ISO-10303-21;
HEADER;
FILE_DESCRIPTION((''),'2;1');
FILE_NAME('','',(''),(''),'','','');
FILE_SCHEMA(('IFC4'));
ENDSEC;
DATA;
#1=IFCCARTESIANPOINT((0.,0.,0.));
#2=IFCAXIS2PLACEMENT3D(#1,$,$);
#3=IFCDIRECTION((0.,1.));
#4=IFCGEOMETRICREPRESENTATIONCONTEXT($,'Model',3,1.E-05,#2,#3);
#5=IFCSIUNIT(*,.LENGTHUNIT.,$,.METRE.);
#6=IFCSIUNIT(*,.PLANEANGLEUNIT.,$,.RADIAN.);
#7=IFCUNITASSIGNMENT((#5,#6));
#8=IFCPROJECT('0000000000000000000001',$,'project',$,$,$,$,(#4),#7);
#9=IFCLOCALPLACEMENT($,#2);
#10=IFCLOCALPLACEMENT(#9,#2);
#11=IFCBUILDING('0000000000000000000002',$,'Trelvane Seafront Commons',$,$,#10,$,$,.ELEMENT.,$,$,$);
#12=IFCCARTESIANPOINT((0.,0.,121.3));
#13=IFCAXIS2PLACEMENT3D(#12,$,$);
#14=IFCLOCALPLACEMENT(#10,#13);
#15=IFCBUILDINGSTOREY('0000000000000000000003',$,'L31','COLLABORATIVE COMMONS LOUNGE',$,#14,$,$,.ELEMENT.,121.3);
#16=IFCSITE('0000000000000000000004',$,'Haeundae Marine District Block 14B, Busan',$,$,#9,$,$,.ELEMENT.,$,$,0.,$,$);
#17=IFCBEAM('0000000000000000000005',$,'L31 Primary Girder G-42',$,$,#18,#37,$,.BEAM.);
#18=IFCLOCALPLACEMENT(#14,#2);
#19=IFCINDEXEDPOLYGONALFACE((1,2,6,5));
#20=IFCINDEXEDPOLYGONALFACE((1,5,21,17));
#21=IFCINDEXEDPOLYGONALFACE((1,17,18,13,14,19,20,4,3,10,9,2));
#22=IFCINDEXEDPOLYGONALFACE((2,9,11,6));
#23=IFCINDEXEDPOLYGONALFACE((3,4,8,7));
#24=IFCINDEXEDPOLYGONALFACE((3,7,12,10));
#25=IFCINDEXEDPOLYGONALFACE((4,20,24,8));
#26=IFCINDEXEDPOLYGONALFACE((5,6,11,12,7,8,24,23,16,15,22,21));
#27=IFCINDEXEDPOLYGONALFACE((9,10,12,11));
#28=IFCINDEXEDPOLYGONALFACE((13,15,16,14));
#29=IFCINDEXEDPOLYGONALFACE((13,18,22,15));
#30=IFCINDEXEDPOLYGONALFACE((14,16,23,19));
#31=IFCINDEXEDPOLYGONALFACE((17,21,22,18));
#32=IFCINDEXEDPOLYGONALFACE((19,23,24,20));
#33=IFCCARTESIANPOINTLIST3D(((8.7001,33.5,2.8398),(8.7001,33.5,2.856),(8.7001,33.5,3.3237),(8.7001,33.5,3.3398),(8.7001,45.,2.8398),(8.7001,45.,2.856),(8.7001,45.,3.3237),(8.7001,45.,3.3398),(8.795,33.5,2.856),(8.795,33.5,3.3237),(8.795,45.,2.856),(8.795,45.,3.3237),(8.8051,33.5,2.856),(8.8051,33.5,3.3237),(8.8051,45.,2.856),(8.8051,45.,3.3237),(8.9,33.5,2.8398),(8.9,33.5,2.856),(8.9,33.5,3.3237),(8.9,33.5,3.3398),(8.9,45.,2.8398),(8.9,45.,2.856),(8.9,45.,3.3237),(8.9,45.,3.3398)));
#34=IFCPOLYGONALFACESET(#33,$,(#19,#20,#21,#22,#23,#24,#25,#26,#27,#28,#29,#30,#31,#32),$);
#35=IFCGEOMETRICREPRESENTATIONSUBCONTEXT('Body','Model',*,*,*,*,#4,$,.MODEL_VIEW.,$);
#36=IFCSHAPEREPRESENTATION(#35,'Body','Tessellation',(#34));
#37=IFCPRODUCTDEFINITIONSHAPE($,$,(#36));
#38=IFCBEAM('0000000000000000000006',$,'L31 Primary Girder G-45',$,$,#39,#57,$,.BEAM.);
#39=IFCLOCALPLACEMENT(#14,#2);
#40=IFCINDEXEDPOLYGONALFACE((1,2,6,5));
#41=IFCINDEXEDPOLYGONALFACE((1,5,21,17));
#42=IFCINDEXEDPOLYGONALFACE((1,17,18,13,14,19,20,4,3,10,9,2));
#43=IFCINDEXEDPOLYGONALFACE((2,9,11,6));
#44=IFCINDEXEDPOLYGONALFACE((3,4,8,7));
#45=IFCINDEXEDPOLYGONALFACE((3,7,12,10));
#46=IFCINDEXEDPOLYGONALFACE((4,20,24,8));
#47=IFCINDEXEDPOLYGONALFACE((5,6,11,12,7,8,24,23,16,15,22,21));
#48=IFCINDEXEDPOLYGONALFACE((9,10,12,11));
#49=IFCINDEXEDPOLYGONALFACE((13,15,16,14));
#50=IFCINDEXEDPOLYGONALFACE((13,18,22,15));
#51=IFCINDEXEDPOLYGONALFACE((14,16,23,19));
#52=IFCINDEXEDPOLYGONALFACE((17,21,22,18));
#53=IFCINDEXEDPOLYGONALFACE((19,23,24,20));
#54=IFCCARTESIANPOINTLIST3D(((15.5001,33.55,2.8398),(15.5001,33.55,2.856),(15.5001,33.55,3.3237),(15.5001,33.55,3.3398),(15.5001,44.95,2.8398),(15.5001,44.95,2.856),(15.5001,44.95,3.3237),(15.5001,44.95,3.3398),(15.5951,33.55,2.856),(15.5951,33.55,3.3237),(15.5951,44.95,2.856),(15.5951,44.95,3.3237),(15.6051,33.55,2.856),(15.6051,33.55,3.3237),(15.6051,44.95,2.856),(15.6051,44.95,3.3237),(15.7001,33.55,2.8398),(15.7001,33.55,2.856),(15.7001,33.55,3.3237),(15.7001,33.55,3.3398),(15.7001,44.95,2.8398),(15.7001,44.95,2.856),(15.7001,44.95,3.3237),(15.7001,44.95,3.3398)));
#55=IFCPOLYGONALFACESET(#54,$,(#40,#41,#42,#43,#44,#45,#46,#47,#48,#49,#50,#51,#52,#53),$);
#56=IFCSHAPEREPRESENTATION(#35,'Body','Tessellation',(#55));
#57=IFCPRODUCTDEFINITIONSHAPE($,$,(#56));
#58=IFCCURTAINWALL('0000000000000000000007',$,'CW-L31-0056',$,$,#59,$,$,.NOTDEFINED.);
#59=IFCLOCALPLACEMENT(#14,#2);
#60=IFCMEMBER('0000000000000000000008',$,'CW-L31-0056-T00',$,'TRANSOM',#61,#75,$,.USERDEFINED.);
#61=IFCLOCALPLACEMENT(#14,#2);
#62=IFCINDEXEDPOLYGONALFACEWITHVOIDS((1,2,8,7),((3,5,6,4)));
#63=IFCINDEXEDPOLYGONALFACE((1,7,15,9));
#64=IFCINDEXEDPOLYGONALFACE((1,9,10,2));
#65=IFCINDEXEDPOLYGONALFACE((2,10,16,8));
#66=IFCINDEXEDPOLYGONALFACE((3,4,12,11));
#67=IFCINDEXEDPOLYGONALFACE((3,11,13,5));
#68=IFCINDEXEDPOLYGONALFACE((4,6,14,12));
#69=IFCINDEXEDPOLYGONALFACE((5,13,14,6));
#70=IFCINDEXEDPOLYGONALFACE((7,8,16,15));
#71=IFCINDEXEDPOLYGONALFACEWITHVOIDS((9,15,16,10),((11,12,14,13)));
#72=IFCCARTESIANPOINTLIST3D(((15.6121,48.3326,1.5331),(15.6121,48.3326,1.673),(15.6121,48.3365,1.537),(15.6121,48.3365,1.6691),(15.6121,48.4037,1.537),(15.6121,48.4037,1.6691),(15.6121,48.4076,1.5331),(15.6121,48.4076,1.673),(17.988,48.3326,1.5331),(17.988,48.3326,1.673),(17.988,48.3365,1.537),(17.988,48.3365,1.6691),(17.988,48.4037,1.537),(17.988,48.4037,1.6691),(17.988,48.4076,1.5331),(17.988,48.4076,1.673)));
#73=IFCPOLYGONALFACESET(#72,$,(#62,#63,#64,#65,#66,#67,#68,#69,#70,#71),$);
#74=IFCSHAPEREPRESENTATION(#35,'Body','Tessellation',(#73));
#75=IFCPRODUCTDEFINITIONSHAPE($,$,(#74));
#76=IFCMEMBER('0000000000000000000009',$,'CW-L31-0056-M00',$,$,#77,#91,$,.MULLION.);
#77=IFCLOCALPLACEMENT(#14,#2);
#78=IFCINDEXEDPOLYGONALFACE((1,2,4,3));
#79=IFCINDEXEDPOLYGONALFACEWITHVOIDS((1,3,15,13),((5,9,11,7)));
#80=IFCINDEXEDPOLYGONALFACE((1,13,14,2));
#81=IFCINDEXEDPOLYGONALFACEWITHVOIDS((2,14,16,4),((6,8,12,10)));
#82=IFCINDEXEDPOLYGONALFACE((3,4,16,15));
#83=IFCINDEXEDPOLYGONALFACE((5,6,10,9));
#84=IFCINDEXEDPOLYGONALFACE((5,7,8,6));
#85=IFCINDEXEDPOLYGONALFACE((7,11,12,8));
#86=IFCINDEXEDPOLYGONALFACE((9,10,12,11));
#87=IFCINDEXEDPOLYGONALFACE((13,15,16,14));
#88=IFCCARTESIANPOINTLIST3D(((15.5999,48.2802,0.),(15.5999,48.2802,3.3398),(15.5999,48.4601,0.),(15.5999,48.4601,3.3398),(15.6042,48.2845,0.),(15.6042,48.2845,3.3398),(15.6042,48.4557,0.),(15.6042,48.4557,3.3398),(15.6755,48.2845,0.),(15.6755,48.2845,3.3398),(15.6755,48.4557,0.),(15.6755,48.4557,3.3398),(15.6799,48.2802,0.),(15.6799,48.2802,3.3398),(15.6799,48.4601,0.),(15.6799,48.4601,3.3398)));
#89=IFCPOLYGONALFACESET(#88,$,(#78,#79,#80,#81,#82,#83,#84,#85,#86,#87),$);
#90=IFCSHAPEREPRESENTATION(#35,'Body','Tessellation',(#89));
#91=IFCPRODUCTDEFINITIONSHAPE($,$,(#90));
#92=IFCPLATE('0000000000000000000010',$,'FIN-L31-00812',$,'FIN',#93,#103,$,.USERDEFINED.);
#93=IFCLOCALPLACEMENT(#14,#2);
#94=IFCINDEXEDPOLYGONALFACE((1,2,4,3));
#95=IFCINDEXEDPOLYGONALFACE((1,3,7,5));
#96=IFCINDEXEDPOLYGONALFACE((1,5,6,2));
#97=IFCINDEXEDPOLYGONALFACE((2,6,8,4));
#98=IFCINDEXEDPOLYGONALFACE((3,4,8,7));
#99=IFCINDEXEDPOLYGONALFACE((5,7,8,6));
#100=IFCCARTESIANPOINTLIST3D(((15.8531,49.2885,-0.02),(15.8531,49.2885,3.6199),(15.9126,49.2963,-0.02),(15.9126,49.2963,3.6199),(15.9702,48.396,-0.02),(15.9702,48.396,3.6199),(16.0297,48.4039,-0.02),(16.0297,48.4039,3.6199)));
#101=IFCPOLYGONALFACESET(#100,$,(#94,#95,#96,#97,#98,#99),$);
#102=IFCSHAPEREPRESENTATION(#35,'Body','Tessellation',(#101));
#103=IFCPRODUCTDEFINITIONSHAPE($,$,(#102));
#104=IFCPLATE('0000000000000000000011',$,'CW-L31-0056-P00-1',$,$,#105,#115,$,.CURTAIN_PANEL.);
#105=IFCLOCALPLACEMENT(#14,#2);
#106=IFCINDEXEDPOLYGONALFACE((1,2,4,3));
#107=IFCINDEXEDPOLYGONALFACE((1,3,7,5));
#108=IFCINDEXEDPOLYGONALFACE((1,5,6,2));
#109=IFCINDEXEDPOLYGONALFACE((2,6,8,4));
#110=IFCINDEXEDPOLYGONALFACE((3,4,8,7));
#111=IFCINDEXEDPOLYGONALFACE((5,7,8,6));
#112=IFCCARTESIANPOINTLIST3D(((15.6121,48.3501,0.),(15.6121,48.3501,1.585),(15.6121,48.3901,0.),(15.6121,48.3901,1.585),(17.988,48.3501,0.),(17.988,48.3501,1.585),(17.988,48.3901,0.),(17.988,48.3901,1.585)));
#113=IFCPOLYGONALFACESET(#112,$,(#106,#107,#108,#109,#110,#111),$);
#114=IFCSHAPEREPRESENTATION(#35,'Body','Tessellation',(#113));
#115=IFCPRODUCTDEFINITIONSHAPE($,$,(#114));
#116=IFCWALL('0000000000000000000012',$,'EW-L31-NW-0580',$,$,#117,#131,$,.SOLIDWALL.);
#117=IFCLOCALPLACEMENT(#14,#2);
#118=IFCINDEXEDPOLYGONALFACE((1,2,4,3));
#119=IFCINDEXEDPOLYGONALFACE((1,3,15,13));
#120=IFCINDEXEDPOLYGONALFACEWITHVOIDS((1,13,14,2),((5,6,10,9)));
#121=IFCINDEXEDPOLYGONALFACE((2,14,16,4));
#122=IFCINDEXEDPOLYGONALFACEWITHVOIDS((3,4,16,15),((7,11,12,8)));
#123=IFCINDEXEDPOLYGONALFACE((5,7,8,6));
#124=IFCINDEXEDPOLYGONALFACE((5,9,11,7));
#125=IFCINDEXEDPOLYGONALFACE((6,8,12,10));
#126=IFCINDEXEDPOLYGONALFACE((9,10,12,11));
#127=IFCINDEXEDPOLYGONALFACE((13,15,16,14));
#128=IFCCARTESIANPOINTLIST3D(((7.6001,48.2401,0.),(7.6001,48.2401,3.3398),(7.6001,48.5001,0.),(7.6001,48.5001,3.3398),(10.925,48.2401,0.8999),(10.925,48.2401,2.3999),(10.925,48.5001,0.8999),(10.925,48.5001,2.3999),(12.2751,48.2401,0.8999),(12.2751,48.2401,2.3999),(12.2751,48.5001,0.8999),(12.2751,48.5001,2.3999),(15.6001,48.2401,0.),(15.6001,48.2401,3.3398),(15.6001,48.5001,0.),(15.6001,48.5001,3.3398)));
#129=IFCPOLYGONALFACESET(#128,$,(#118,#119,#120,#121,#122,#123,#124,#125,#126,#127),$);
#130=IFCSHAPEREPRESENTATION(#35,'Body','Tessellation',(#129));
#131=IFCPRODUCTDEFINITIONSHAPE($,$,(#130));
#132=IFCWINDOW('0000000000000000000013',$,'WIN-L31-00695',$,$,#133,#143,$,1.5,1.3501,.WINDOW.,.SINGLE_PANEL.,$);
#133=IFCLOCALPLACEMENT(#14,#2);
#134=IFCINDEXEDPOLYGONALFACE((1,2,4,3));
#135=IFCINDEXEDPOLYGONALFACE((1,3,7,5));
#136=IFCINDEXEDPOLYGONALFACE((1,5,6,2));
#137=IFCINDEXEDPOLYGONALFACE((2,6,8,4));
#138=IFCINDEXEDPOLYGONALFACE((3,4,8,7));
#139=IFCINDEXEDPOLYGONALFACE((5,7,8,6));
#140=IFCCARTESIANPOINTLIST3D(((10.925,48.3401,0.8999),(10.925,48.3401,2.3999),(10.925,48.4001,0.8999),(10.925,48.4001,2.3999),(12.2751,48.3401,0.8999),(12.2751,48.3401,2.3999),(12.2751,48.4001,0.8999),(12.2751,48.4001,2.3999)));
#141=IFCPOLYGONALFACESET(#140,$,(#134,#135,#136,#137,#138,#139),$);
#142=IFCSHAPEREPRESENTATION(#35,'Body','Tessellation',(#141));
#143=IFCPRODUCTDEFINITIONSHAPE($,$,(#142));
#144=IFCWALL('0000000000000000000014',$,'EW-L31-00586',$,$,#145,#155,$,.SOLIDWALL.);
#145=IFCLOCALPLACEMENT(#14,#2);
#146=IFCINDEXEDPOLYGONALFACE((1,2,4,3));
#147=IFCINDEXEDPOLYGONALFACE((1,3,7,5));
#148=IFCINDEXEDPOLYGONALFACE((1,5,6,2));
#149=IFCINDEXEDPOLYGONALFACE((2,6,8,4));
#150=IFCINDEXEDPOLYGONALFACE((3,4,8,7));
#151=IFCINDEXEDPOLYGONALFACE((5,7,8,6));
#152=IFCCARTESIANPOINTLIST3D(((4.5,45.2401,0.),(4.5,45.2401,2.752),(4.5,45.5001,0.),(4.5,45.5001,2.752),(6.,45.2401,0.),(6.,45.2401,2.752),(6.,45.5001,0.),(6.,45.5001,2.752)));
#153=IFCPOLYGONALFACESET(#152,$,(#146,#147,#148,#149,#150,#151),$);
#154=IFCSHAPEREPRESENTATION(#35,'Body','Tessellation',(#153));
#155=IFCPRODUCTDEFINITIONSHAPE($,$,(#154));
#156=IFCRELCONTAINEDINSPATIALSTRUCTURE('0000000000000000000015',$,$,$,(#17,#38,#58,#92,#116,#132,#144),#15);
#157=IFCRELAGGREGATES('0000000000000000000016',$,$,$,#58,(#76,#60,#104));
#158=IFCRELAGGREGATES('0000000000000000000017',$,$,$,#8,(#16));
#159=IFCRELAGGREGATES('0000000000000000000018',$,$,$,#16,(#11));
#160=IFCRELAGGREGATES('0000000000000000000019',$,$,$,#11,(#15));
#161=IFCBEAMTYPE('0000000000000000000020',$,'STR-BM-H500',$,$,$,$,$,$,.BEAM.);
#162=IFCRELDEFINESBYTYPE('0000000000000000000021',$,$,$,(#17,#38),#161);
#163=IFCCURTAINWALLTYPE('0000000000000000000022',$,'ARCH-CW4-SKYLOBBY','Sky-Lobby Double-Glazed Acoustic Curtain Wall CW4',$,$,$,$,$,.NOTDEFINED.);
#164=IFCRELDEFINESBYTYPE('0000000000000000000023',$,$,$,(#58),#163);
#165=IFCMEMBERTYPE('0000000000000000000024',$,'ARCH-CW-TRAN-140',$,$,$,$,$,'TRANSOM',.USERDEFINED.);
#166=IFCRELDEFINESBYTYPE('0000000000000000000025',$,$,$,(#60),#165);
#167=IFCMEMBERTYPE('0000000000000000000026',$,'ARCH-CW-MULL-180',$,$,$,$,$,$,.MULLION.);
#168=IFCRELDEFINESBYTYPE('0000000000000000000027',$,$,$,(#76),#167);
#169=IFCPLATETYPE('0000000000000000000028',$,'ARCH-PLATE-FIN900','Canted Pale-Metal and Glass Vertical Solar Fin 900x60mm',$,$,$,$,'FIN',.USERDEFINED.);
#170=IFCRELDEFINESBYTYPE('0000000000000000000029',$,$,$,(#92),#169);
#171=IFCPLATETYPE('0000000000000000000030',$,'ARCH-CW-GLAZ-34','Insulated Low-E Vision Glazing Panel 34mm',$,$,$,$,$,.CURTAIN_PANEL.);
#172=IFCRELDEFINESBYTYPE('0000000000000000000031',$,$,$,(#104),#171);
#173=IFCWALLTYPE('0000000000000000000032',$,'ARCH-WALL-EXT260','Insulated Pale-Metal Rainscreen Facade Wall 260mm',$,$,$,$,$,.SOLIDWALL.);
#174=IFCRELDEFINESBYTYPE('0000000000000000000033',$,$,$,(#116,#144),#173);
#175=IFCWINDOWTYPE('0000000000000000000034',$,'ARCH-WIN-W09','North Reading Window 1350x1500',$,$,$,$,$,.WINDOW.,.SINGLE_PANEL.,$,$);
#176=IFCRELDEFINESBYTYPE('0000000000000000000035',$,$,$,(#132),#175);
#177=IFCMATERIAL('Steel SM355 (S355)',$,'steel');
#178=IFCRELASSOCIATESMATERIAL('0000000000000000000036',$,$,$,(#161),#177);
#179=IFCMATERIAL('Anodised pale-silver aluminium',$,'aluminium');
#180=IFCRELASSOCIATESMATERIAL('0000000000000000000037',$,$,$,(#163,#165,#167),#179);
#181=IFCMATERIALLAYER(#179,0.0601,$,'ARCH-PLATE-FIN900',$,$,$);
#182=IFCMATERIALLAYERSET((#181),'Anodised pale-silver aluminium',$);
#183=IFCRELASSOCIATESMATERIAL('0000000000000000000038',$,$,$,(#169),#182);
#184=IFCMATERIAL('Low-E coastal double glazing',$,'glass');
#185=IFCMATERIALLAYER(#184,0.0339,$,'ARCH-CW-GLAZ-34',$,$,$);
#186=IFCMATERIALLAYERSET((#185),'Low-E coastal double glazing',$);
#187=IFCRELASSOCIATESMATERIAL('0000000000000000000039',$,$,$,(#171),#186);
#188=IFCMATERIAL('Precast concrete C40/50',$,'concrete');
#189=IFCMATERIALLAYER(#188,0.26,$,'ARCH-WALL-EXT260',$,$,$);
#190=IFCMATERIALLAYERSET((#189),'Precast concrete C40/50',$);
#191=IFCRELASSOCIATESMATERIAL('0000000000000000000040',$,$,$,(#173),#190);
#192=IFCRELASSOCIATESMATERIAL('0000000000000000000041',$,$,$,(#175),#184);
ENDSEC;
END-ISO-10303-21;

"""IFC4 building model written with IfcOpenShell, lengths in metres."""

from ifc_helpers import new_model, si_unit, direction, frame, frame_2d, origin, origin_2d, place, context, subcontext, project, spatial, rectangle, hollow_rectangle, i_section, extrude, source, transform, mapped, material, layer, layer_set, material_profile, profile_set, type_object, element, fill, aggregate, save


model = new_model("IFC4")

# Units and contexts
model_context = context("Model", 3, precision=1e-05, world=origin(), true_north=direction((0.0, 1.0)))
body_context = subcontext(model_context, "Body", "Model", "MODEL_VIEW")
ifc_project = project(units=[si_unit("LENGTHUNIT", "METRE"), si_unit("PLANEANGLEUNIT", "RADIAN")], contexts=[model_context])

# Site, building, storey
site_placement = place(None, origin())
site = spatial("IfcSite", under=ifc_project, at=site_placement, Name="Haeundae Marine District Block 14B, Busan", CompositionType="ELEMENT", RefElevation=0.0)
building_placement = place(site_placement, origin())
building = spatial("IfcBuilding", under=site, at=building_placement, Name="Trelvane Seafront Commons", CompositionType="ELEMENT")
storey_placement = place(building_placement, frame((0.0, 0.0, 121.3)))
storey = spatial("IfcBuildingStorey", under=building, at=storey_placement, Name="L31", Description="COLLABORATIVE COMMONS LOUNGE", CompositionType="ELEMENT", Elevation=121.3)

# Shared definitions
ifc_material_1 = material(Name="Steel SM355 (S355)", Category="steel")

# Beams
ifc_material_profile_1 = material_profile(ifc_material_1, i_section(OverallWidth=0.2, OverallDepth=0.5, WebThickness=0.01, FlangeThickness=0.0161, at=origin_2d()), Name="H-500x200x10x16")
ifc_profile_set_1 = profile_set([ifc_material_profile_1], Name="Steel SM355 (S355)")
beam_type_1 = type_object("IfcBeamType", Name="STR-BM-H500", PredefinedType="BEAM", material=ifc_profile_set_1)
shared_shape_1 = source(origin(), body_context, "Body", "SweptSolid", [
    extrude(i_section(OverallWidth=0.2, OverallDepth=0.5, WebThickness=0.01, FlangeThickness=0.0161, at=origin_2d()), origin(), (0.0, 0.0, 1.0), 11.5),
])
for number, where, z_axis, x_axis, name in (
    (1, (8.8, 33.5, 3.0898), (0.0, 1.0, 0.0), (-1.0, 0.0, 0.0), "L31 Primary Girder G-42"),
):
    element("IfcBeam", number, at=place(storey_placement, frame(where, z_axis=z_axis, x_axis=x_axis)), inside=storey, type_object=beam_type_1, Name=name, PredefinedType="BEAM", context=body_context, shape_type="MappedRepresentation", body=[
        mapped(shared_shape_1, transform((0.0, 0.0, 0.0), x_axis=(1.0, 0.0, 0.0), y_axis=(0.0, 1.0, 0.0), z_axis=(0.0, 0.0, 1.0), scale=1.0)),
    ])
shared_shape_2 = source(origin(), body_context, "Body", "SweptSolid", [
    extrude(i_section(OverallWidth=0.2, OverallDepth=0.5, WebThickness=0.01, FlangeThickness=0.0161, at=origin_2d()), origin(), (0.0, 0.0, 1.0), 11.3999),
])
beam_1_placement = place(storey_placement, frame((15.6001, 33.55, 3.0898), z_axis=(0.0, 1.0, 0.0), x_axis=(-1.0, 0.0, 0.0)))
element("IfcBeam", 2, at=beam_1_placement, inside=storey, type_object=beam_type_1, Name="L31 Primary Girder G-45", PredefinedType="BEAM", context=body_context, shape_type="MappedRepresentation", body=[
    mapped(shared_shape_2, transform((0.0, 0.0, 0.0), x_axis=(1.0, 0.0, 0.0), y_axis=(0.0, 1.0, 0.0), z_axis=(0.0, 0.0, 1.0), scale=1.0)),
])

# Curtain wall, members
ifc_material_2 = material(Name="Anodised pale-silver aluminium", Category="aluminium")
curtain_wall_type = type_object("IfcCurtainWallType", Name="ARCH-CW4-SKYLOBBY", Description="Sky-Lobby Double-Glazed Acoustic Curtain Wall CW4", PredefinedType="NOTDEFINED", material=ifc_material_2)
curtain_wall_placement = place(storey_placement, origin())
curtain_wall = element("IfcCurtainWall", 3, at=curtain_wall_placement, inside=storey, type_object=curtain_wall_type, Name="CW-L31-0056", PredefinedType="NOTDEFINED")
ifc_material_profile_2 = material_profile(ifc_material_2, hollow_rectangle(XDim=0.075, YDim=0.1399, WallThickness=0.0039, at=origin_2d()), Name="TRAN-75x140x4")
ifc_profile_set_2 = profile_set([ifc_material_profile_2], Name="Anodised pale-silver aluminium")
member_type_1 = type_object("IfcMemberType", Name="ARCH-CW-TRAN-140", ElementType="TRANSOM", PredefinedType="USERDEFINED", material=ifc_profile_set_2)
shared_shape_3 = source(origin(), body_context, "Body", "SweptSolid", [
    extrude(hollow_rectangle(XDim=0.075, YDim=0.1399, WallThickness=0.0039, at=origin_2d()), origin(), (0.0, 0.0, 1.0), 2.376),
])
member_1_placement = place(storey_placement, frame((15.6121, 48.3701, 1.603), z_axis=(1.0, 0.0, 0.0), x_axis=(0.0, 1.0, 0.0)))
member_1 = element("IfcMember", 4, at=member_1_placement, type_object=member_type_1, Name="CW-L31-0056-T00", ObjectType="TRANSOM", PredefinedType="USERDEFINED", context=body_context, shape_type="MappedRepresentation", body=[
    mapped(shared_shape_3, transform((0.0, 0.0, 0.0), x_axis=(1.0, 0.0, 0.0), y_axis=(0.0, 1.0, 0.0), z_axis=(0.0, 0.0, 1.0), scale=1.0)),
])
ifc_material_profile_3 = material_profile(ifc_material_2, hollow_rectangle(XDim=0.0801, YDim=0.1799, WallThickness=0.0044, at=origin_2d()), Name="MULL-80x180x4.5")
ifc_profile_set_3 = profile_set([ifc_material_profile_3], Name="Anodised pale-silver aluminium")
member_type_2 = type_object("IfcMemberType", Name="ARCH-CW-MULL-180", PredefinedType="MULLION", material=ifc_profile_set_3)
shared_shape_4 = source(origin(), body_context, "Body", "SweptSolid", [
    extrude(hollow_rectangle(XDim=0.0801, YDim=0.1799, WallThickness=0.0044, at=origin_2d()), origin(), (0.0, 0.0, 1.0), 3.3398),
])
member_2_placement = place(storey_placement, frame((15.6399, 48.3701, 0.0), z_axis=(0.0, 0.0, 1.0), x_axis=(1.0, 0.0, 0.0)))
member_2 = element("IfcMember", 5, at=member_2_placement, type_object=member_type_2, Name="CW-L31-0056-M00", PredefinedType="MULLION", context=body_context, shape_type="MappedRepresentation", body=[
    mapped(shared_shape_4, transform((0.0, 0.0, 0.0), x_axis=(1.0, 0.0, 0.0), y_axis=(0.0, 1.0, 0.0), z_axis=(0.0, 0.0, 1.0), scale=1.0)),
])

# Plates
ifc_layer_1 = layer(ifc_material_2, 0.0601, Name="ARCH-PLATE-FIN900")
ifc_layer_set_1 = layer_set([ifc_layer_1], Name="Anodised pale-silver aluminium")
plate_type_1 = type_object("IfcPlateType", Name="ARCH-PLATE-FIN900", Description="Canted Pale-Metal and Glass Vertical Solar Fin 900x60mm", ElementType="FIN", PredefinedType="USERDEFINED", material=ifc_layer_set_1)
shared_shape_5 = source(origin(), body_context, "Body", "SweptSolid", [
    extrude(rectangle(XDim=0.9001, YDim=0.0601, at=origin_2d()), origin(), (0.0, 0.0, 1.0), 3.6399),
])
plate_1_placement = place(storey_placement, frame((15.9414, 48.8462, -0.02), z_axis=(0.0, 0.0, 1.0), x_axis=(-0.130104, 0.9915, 0.0)))
element("IfcPlate", 6, at=plate_1_placement, inside=storey, type_object=plate_type_1, Name="FIN-L31-00812", ObjectType="FIN", PredefinedType="USERDEFINED", context=body_context, shape_type="MappedRepresentation", body=[
    mapped(shared_shape_5, transform((0.0, 0.0, 0.0), x_axis=(1.0, 0.0, 0.0), y_axis=(0.0, 1.0, 0.0), z_axis=(0.0, 0.0, 1.0), scale=1.0)),
])
ifc_material_3 = material(Name="Low-E coastal double glazing", Category="glass")
ifc_layer_2 = layer(ifc_material_3, 0.0339, Name="ARCH-CW-GLAZ-34")
ifc_layer_set_2 = layer_set([ifc_layer_2], Name="Low-E coastal double glazing")
plate_type_2 = type_object("IfcPlateType", Name="ARCH-CW-GLAZ-34", Description="Insulated Low-E Vision Glazing Panel 34mm", PredefinedType="CURTAIN_PANEL", material=ifc_layer_set_2)
shared_shape_6 = source(origin(), body_context, "Body", "SweptSolid", [
    extrude(rectangle(XDim=2.376, YDim=0.04, at=origin_2d()), origin(), (0.0, 0.0, 1.0), 1.585),
])
plate_2_placement = place(storey_placement, frame((16.8, 48.3701, 0.0), z_axis=(0.0, 0.0, 1.0), x_axis=(1.0, 0.0, 0.0)))
plate_2 = element("IfcPlate", 7, at=plate_2_placement, type_object=plate_type_2, Name="CW-L31-0056-P00-1", PredefinedType="CURTAIN_PANEL", context=body_context, shape_type="MappedRepresentation", body=[
    mapped(shared_shape_6, transform((0.0, 0.0, 0.0), x_axis=(1.0, 0.0, 0.0), y_axis=(0.0, 1.0, 0.0), z_axis=(0.0, 0.0, 1.0), scale=1.0)),
])
aggregate(curtain_wall, [member_2, member_1, plate_2])

# Wall, opening, window
ifc_material_4 = material(Name="Precast concrete C40/50", Category="concrete")
ifc_layer_3 = layer(ifc_material_4, 0.26, Name="ARCH-WALL-EXT260")
ifc_layer_set_3 = layer_set([ifc_layer_3], Name="Precast concrete C40/50")
wall_type_1 = type_object("IfcWallType", Name="ARCH-WALL-EXT260", Description="Insulated Pale-Metal Rainscreen Facade Wall 260mm", PredefinedType="SOLIDWALL", material=ifc_layer_set_3)
wall_1_placement = place(storey_placement, frame((7.6001, 48.3701, 0.0), z_axis=(0.0, 0.0, 1.0), x_axis=(1.0, 0.0, 0.0)))
wall_1 = element("IfcWall", 8, at=wall_1_placement, inside=storey, type_object=wall_type_1, Name="EW-L31-NW-0580", PredefinedType="SOLIDWALL", context=body_context, shape_type="SweptSolid", body=[
    extrude(rectangle(XDim=8.0, YDim=0.26, at=frame_2d((4.0, 0.0))), origin(), (0.0, 0.0, 1.0), 3.3398),
])
opening_1_placement = place(wall_1_placement, frame((3.325, 0.0, 0.8999)))
opening_1 = element("IfcOpeningElement", 9, at=opening_1_placement, cuts=wall_1, PredefinedType="OPENING", context=body_context, shape_type="SweptSolid", body=[
    extrude(rectangle(XDim=1.3501, YDim=1.5, at=frame_2d((0.675, 0.75))), frame((0.0, 0.1399, 0.0), z_axis=(0.0, -1.0, 0.0), x_axis=(1.0, 0.0, 0.0)), (0.0, 0.0, 1.0), 0.28),
])
window_type = type_object("IfcWindowType", Name="ARCH-WIN-W09", Description="North Reading Window 1350x1500", PartitioningType="SINGLE_PANEL", PredefinedType="WINDOW", material=ifc_material_3)
shared_shape_7 = source(origin(), body_context, "Body", "SweptSolid", [
    extrude(rectangle(XDim=1.3501, YDim=1.5, at=frame_2d((0.675, 0.75))), frame((0.0, 0.03, 0.0), z_axis=(0.0, -1.0, 0.0), x_axis=(1.0, 0.0, 0.0)), (0.0, 0.0, 1.0), 0.0601),
])
window_placement = place(opening_1_placement, origin())
window = element("IfcWindow", 10, at=window_placement, inside=storey, type_object=window_type, Name="WIN-L31-00695", OverallHeight=1.5, OverallWidth=1.3501, PartitioningType="SINGLE_PANEL", PredefinedType="WINDOW", context=body_context, shape_type="MappedRepresentation", body=[
    mapped(shared_shape_7, transform((0.0, 0.0, 0.0), x_axis=(1.0, 0.0, 0.0), y_axis=(0.0, 1.0, 0.0), z_axis=(0.0, 0.0, 1.0), scale=1.0)),
])
fill(opening_1, window)

# Wall
wall_2_placement = place(storey_placement, frame((4.5, 45.3701, 0.0), z_axis=(0.0, 0.0, 1.0), x_axis=(1.0, 0.0, 0.0)))
element("IfcWall", 11, at=wall_2_placement, inside=storey, type_object=wall_type_1, Name="EW-L31-00586", PredefinedType="SOLIDWALL", context=body_context, shape_type="SweptSolid", body=[
    extrude(rectangle(XDim=1.5, YDim=0.26, at=frame_2d((0.75, 0.0))), origin(), (0.0, 0.0, 1.0), 2.752),
])

save(model, "model.ifc")
